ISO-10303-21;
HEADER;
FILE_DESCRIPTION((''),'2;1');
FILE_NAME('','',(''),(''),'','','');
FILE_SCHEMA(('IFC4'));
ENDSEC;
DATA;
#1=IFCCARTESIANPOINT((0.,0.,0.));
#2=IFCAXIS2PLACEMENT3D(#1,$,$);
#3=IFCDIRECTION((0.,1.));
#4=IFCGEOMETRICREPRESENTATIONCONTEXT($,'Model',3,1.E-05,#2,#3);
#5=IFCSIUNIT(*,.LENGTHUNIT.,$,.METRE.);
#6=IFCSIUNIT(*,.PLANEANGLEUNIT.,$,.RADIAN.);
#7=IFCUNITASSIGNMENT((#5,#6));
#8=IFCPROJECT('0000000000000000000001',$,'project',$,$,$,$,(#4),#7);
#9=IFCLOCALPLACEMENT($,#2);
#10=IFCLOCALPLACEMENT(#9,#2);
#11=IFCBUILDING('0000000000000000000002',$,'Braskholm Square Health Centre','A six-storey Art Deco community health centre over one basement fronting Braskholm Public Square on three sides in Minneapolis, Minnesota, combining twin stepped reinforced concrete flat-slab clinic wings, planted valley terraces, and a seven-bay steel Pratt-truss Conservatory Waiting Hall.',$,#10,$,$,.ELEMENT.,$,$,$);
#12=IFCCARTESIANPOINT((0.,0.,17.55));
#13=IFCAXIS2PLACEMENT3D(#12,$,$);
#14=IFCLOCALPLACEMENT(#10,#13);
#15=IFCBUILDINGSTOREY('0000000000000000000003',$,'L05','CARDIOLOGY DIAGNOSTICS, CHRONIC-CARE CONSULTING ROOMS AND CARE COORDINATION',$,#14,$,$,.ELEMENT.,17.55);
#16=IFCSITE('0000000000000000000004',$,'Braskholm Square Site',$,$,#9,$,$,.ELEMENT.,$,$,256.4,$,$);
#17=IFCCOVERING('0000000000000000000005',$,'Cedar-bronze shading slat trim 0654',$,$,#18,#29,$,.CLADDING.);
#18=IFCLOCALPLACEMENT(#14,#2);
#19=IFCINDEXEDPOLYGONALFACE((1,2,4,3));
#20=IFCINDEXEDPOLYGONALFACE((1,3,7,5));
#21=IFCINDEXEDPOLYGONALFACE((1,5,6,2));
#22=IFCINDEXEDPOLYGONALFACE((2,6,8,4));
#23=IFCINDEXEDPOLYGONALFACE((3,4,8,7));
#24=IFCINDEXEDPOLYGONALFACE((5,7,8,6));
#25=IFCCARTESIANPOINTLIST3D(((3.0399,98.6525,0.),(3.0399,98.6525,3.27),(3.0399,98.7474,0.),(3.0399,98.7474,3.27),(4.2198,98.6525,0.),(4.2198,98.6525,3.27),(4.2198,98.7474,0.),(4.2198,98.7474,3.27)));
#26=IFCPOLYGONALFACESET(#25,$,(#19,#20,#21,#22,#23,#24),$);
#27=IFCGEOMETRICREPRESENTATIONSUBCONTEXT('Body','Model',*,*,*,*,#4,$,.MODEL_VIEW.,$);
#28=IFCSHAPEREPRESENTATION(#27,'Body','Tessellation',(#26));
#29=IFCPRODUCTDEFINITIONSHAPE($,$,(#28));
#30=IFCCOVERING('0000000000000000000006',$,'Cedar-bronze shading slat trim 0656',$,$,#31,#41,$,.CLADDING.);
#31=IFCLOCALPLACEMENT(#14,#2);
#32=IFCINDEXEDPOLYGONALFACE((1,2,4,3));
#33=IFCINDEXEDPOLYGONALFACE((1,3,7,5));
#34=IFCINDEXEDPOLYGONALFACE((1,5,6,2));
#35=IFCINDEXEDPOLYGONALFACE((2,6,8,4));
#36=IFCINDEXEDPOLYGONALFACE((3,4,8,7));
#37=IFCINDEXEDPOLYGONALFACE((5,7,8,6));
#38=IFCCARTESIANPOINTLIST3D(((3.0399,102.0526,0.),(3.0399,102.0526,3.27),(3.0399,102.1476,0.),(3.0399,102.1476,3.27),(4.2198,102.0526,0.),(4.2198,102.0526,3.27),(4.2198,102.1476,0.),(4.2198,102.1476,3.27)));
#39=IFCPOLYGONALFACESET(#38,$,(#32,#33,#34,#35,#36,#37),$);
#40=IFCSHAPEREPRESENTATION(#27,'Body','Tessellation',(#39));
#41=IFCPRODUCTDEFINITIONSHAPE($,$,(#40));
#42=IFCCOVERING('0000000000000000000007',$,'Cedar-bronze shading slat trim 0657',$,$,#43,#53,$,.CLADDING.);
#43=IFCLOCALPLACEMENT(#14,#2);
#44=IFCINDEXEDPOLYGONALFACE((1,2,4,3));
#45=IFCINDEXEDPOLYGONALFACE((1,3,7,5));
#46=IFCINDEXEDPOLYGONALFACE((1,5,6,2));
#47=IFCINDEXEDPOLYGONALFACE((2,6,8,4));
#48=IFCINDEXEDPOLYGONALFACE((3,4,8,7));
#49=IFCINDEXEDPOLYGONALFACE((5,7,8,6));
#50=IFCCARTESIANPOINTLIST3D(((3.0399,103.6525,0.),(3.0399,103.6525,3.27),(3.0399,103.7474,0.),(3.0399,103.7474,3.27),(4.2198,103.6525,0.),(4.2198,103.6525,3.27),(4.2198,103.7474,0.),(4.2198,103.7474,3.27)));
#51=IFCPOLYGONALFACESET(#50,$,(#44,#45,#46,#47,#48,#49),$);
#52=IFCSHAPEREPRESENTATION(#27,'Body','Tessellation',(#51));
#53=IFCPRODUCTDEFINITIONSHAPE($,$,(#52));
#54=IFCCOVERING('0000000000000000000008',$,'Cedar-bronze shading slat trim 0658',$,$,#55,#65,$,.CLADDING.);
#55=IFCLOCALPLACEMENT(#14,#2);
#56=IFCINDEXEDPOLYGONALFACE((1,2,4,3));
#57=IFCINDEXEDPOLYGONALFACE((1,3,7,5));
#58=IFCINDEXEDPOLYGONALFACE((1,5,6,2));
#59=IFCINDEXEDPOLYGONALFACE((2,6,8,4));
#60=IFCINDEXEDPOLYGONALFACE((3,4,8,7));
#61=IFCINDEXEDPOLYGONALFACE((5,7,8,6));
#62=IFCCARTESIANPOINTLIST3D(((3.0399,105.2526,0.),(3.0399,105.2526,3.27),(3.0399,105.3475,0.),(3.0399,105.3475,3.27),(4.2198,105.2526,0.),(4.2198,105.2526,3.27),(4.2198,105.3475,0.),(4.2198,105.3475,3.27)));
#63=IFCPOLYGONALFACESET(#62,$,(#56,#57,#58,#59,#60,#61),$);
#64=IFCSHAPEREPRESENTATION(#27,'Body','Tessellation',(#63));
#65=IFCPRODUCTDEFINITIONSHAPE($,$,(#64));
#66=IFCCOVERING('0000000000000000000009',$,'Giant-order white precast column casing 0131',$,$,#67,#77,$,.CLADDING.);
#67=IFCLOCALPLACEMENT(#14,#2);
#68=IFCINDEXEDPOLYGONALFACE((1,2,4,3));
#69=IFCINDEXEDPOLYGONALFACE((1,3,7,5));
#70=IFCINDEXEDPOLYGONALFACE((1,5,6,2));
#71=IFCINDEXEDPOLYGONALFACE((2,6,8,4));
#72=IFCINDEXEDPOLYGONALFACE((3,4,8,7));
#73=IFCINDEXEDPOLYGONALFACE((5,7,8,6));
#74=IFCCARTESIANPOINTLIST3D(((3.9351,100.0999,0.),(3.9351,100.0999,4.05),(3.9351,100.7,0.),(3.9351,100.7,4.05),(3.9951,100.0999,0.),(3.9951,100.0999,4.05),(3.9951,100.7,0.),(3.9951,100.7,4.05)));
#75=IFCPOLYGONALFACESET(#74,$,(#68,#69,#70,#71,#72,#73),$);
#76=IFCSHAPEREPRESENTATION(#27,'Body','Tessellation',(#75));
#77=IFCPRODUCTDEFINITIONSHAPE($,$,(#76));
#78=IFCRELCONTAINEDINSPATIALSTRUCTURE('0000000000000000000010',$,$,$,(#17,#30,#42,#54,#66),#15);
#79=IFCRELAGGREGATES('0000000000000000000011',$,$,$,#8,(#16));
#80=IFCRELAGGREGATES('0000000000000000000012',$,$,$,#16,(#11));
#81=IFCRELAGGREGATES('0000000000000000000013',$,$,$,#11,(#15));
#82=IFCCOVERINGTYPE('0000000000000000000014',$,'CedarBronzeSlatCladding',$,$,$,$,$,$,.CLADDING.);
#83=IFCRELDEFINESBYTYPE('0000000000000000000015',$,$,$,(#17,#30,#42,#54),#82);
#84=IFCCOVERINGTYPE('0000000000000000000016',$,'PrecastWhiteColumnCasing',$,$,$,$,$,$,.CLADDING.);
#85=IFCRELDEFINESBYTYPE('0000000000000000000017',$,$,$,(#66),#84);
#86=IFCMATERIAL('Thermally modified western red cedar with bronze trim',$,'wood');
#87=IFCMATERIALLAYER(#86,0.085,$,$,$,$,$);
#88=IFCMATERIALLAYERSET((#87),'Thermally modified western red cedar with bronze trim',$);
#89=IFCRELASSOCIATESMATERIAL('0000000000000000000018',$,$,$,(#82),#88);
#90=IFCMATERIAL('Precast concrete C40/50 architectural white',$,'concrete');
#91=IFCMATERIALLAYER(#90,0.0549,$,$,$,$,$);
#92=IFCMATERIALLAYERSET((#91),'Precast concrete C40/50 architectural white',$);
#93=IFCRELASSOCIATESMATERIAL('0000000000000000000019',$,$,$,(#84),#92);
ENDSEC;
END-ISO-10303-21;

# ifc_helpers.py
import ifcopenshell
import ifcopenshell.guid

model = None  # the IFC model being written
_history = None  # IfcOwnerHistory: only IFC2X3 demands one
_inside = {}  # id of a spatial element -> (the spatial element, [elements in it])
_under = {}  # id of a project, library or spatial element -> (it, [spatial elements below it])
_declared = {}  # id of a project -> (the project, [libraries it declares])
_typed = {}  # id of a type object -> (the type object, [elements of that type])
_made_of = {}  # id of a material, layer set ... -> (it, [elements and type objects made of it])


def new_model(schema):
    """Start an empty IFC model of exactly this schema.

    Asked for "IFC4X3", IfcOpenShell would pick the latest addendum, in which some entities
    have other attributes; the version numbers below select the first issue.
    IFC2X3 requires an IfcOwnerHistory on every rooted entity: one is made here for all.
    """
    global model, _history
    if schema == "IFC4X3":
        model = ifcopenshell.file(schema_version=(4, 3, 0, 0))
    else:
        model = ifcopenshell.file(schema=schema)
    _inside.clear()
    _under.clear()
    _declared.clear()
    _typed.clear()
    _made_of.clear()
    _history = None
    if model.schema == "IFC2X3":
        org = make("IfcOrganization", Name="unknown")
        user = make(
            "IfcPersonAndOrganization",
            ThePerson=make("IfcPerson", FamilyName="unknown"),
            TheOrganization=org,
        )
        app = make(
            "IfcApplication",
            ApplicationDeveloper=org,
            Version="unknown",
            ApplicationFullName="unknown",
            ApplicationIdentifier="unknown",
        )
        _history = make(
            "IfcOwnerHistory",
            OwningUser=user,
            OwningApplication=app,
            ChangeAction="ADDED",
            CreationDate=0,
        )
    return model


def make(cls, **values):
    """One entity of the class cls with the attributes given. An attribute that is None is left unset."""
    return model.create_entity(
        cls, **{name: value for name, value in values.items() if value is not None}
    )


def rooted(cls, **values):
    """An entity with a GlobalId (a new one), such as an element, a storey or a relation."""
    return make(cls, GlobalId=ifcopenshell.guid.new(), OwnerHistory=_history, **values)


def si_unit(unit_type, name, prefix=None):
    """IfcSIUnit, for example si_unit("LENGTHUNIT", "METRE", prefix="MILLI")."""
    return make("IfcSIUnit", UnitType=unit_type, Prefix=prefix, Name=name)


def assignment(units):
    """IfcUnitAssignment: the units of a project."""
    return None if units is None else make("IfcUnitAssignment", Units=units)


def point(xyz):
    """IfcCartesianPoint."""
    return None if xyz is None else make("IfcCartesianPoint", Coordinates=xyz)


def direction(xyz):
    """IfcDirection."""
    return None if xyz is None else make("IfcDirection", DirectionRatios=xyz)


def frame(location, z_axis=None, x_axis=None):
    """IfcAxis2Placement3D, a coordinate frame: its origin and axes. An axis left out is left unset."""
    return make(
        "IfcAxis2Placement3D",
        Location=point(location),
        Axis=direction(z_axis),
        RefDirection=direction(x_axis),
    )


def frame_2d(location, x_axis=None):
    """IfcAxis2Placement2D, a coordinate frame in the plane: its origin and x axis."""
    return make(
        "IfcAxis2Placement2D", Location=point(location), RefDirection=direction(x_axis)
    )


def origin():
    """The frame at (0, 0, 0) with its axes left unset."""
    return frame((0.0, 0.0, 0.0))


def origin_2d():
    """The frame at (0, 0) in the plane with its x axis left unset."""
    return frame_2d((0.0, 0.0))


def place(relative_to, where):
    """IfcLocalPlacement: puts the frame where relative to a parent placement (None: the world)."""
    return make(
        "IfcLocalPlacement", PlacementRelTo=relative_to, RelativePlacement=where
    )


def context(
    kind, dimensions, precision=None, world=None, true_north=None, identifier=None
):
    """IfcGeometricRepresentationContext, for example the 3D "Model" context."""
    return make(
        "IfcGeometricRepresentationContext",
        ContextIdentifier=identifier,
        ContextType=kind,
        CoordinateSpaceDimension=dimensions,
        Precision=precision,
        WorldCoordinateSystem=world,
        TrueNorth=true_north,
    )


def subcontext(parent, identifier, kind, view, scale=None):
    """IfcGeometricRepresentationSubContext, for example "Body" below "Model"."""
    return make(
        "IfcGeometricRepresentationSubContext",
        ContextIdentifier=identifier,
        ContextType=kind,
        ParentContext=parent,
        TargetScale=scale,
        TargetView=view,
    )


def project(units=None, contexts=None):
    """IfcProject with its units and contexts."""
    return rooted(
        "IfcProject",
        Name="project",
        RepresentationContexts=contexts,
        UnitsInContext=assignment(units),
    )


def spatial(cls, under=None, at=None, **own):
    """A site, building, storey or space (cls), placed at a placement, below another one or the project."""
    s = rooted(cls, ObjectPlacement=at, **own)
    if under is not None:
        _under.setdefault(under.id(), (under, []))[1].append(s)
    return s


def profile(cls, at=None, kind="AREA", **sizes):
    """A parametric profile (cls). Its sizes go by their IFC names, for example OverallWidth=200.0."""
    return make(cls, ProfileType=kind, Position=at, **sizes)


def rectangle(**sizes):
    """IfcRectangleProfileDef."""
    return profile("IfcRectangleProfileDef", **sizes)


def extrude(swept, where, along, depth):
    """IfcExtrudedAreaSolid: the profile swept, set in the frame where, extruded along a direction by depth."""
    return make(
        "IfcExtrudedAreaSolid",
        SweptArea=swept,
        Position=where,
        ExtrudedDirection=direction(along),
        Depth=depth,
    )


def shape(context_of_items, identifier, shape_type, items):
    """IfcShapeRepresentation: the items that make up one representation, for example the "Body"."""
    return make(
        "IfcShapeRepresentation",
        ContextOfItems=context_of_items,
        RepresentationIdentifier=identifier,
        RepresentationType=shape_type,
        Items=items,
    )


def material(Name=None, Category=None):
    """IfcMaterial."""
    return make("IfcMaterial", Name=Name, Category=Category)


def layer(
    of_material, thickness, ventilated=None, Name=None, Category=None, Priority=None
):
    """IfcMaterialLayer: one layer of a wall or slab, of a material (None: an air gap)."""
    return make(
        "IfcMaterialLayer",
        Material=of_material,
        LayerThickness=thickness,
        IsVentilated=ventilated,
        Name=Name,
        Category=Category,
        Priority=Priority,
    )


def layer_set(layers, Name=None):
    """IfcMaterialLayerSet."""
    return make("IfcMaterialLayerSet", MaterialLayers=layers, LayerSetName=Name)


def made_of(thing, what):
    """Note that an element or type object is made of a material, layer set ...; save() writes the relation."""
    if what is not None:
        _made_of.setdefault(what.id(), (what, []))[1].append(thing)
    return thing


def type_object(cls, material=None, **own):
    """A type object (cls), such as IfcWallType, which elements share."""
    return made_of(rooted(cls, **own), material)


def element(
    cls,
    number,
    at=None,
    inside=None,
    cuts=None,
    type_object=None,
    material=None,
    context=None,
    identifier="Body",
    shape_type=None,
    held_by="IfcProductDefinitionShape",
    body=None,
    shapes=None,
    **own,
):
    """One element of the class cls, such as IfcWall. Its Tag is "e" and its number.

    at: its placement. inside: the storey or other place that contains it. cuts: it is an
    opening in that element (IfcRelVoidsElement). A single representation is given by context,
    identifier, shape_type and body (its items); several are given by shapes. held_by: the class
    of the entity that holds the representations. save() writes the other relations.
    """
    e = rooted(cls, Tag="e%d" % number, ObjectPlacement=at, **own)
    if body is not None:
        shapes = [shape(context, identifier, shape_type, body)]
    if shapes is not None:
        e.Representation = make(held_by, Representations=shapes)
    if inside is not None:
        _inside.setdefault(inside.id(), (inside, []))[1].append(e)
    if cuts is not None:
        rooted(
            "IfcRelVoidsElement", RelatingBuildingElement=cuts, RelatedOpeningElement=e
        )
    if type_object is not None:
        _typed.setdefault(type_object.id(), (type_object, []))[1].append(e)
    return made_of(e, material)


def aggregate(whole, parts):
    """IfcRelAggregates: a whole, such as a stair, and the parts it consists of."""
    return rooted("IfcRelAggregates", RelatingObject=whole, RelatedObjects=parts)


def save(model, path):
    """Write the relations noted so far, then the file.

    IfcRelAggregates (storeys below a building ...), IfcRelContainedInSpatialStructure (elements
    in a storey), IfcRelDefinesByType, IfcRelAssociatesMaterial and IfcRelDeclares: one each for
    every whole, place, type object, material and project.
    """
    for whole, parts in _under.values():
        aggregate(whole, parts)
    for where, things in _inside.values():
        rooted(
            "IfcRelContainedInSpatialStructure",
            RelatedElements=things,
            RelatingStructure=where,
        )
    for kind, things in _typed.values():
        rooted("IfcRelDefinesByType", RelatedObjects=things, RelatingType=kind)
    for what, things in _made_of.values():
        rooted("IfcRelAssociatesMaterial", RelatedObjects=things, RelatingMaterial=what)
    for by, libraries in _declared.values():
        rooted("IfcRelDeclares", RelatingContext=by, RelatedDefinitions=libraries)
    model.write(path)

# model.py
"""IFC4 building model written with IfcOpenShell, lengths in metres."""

from ifc_helpers import new_model, si_unit, direction, frame, origin, origin_2d, place, context, subcontext, project, spatial, rectangle, extrude, material, layer, layer_set, type_object, element, save


model = new_model("IFC4")

# Units and contexts
model_context = context("Model", 3, precision=1e-05, world=origin(), true_north=direction((0.0, 1.0)))
body_context = subcontext(model_context, "Body", "Model", "MODEL_VIEW")
ifc_project = project(units=[si_unit("LENGTHUNIT", "METRE"), si_unit("PLANEANGLEUNIT", "RADIAN")], contexts=[model_context])

# Site, building, storey
site_placement = place(None, origin())
site = spatial("IfcSite", under=ifc_project, at=site_placement, Name="Braskholm Square Site", CompositionType="ELEMENT", RefElevation=256.4)
building_placement = place(site_placement, origin())
building = spatial("IfcBuilding", under=site, at=building_placement, Name="Braskholm Square Health Centre", Description="A six-storey Art Deco community health centre over one basement fronting Braskholm Public Square on three sides in Minneapolis, Minnesota, combining twin stepped reinforced concrete flat-slab clinic wings, planted valley terraces, and a seven-bay steel Pratt-truss Conservatory Waiting Hall.", CompositionType="ELEMENT")
storey_placement = place(building_placement, frame((0.0, 0.0, 17.55)))
storey = spatial("IfcBuildingStorey", under=building, at=storey_placement, Name="L05", Description="CARDIOLOGY DIAGNOSTICS, CHRONIC-CARE CONSULTING ROOMS AND CARE COORDINATION", CompositionType="ELEMENT", Elevation=17.55)

# Shared definitions
ifc_material_1 = material(Name="Thermally modified western red cedar with bronze trim", Category="wood")

# Coverings
ifc_layer_1 = layer(ifc_material_1, 0.085)
ifc_layer_set_1 = layer_set([ifc_layer_1], Name="Thermally modified western red cedar with bronze trim")
covering_type_1 = type_object("IfcCoveringType", Name="CedarBronzeSlatCladding", PredefinedType="CLADDING", material=ifc_layer_set_1)
for number, where, z_axis, x_axis, name in (
    (1, (3.6299, 98.7, 0.0), (0.0, 0.0, 1.0), (1.0, 0.0, 0.0), "Cedar-bronze shading slat trim 0654"),
    (2, (3.6299, 102.1001, 0.0), (0.0, 0.0, 1.0), (1.0, 0.0, 0.0), "Cedar-bronze shading slat trim 0656"),
    (3, (3.6299, 103.7, 0.0), (0.0, 0.0, 1.0), (1.0, 0.0, 0.0), "Cedar-bronze shading slat trim 0657"),
    (4, (3.6299, 105.3, 0.0), (0.0, 0.0, 1.0), (1.0, 0.0, 0.0), "Cedar-bronze shading slat trim 0658"),
):
    element("IfcCovering", number, at=place(storey_placement, frame(where, z_axis=z_axis, x_axis=x_axis)), inside=storey, type_object=covering_type_1, Name=name, PredefinedType="CLADDING", context=body_context, shape_type="SweptSolid", body=[
        extrude(rectangle(XDim=1.1799, YDim=0.095, at=origin_2d()), origin(), (0.0, 0.0, 1.0), 3.27),
    ])
ifc_material_2 = material(Name="Precast concrete C40/50 architectural white", Category="concrete")
ifc_layer_2 = layer(ifc_material_2, 0.0549)
ifc_layer_set_2 = layer_set([ifc_layer_2], Name="Precast concrete C40/50 architectural white")
covering_type_2 = type_object("IfcCoveringType", Name="PrecastWhiteColumnCasing", PredefinedType="CLADDING", material=ifc_layer_set_2)
covering_placement = place(storey_placement, frame((3.9651, 100.3999, 0.0), z_axis=(0.0, 0.0, 1.0), x_axis=(1.0, 0.0, 0.0)))
element("IfcCovering", 5, at=covering_placement, inside=storey, type_object=covering_type_2, Name="Giant-order white precast column casing 0131", PredefinedType="CLADDING", context=body_context, shape_type="SweptSolid", body=[
    extrude(rectangle(XDim=0.0601, YDim=0.6001, at=origin_2d()), origin(), (0.0, 0.0, 1.0), 4.05),
])

save(model, "model.ifc")
